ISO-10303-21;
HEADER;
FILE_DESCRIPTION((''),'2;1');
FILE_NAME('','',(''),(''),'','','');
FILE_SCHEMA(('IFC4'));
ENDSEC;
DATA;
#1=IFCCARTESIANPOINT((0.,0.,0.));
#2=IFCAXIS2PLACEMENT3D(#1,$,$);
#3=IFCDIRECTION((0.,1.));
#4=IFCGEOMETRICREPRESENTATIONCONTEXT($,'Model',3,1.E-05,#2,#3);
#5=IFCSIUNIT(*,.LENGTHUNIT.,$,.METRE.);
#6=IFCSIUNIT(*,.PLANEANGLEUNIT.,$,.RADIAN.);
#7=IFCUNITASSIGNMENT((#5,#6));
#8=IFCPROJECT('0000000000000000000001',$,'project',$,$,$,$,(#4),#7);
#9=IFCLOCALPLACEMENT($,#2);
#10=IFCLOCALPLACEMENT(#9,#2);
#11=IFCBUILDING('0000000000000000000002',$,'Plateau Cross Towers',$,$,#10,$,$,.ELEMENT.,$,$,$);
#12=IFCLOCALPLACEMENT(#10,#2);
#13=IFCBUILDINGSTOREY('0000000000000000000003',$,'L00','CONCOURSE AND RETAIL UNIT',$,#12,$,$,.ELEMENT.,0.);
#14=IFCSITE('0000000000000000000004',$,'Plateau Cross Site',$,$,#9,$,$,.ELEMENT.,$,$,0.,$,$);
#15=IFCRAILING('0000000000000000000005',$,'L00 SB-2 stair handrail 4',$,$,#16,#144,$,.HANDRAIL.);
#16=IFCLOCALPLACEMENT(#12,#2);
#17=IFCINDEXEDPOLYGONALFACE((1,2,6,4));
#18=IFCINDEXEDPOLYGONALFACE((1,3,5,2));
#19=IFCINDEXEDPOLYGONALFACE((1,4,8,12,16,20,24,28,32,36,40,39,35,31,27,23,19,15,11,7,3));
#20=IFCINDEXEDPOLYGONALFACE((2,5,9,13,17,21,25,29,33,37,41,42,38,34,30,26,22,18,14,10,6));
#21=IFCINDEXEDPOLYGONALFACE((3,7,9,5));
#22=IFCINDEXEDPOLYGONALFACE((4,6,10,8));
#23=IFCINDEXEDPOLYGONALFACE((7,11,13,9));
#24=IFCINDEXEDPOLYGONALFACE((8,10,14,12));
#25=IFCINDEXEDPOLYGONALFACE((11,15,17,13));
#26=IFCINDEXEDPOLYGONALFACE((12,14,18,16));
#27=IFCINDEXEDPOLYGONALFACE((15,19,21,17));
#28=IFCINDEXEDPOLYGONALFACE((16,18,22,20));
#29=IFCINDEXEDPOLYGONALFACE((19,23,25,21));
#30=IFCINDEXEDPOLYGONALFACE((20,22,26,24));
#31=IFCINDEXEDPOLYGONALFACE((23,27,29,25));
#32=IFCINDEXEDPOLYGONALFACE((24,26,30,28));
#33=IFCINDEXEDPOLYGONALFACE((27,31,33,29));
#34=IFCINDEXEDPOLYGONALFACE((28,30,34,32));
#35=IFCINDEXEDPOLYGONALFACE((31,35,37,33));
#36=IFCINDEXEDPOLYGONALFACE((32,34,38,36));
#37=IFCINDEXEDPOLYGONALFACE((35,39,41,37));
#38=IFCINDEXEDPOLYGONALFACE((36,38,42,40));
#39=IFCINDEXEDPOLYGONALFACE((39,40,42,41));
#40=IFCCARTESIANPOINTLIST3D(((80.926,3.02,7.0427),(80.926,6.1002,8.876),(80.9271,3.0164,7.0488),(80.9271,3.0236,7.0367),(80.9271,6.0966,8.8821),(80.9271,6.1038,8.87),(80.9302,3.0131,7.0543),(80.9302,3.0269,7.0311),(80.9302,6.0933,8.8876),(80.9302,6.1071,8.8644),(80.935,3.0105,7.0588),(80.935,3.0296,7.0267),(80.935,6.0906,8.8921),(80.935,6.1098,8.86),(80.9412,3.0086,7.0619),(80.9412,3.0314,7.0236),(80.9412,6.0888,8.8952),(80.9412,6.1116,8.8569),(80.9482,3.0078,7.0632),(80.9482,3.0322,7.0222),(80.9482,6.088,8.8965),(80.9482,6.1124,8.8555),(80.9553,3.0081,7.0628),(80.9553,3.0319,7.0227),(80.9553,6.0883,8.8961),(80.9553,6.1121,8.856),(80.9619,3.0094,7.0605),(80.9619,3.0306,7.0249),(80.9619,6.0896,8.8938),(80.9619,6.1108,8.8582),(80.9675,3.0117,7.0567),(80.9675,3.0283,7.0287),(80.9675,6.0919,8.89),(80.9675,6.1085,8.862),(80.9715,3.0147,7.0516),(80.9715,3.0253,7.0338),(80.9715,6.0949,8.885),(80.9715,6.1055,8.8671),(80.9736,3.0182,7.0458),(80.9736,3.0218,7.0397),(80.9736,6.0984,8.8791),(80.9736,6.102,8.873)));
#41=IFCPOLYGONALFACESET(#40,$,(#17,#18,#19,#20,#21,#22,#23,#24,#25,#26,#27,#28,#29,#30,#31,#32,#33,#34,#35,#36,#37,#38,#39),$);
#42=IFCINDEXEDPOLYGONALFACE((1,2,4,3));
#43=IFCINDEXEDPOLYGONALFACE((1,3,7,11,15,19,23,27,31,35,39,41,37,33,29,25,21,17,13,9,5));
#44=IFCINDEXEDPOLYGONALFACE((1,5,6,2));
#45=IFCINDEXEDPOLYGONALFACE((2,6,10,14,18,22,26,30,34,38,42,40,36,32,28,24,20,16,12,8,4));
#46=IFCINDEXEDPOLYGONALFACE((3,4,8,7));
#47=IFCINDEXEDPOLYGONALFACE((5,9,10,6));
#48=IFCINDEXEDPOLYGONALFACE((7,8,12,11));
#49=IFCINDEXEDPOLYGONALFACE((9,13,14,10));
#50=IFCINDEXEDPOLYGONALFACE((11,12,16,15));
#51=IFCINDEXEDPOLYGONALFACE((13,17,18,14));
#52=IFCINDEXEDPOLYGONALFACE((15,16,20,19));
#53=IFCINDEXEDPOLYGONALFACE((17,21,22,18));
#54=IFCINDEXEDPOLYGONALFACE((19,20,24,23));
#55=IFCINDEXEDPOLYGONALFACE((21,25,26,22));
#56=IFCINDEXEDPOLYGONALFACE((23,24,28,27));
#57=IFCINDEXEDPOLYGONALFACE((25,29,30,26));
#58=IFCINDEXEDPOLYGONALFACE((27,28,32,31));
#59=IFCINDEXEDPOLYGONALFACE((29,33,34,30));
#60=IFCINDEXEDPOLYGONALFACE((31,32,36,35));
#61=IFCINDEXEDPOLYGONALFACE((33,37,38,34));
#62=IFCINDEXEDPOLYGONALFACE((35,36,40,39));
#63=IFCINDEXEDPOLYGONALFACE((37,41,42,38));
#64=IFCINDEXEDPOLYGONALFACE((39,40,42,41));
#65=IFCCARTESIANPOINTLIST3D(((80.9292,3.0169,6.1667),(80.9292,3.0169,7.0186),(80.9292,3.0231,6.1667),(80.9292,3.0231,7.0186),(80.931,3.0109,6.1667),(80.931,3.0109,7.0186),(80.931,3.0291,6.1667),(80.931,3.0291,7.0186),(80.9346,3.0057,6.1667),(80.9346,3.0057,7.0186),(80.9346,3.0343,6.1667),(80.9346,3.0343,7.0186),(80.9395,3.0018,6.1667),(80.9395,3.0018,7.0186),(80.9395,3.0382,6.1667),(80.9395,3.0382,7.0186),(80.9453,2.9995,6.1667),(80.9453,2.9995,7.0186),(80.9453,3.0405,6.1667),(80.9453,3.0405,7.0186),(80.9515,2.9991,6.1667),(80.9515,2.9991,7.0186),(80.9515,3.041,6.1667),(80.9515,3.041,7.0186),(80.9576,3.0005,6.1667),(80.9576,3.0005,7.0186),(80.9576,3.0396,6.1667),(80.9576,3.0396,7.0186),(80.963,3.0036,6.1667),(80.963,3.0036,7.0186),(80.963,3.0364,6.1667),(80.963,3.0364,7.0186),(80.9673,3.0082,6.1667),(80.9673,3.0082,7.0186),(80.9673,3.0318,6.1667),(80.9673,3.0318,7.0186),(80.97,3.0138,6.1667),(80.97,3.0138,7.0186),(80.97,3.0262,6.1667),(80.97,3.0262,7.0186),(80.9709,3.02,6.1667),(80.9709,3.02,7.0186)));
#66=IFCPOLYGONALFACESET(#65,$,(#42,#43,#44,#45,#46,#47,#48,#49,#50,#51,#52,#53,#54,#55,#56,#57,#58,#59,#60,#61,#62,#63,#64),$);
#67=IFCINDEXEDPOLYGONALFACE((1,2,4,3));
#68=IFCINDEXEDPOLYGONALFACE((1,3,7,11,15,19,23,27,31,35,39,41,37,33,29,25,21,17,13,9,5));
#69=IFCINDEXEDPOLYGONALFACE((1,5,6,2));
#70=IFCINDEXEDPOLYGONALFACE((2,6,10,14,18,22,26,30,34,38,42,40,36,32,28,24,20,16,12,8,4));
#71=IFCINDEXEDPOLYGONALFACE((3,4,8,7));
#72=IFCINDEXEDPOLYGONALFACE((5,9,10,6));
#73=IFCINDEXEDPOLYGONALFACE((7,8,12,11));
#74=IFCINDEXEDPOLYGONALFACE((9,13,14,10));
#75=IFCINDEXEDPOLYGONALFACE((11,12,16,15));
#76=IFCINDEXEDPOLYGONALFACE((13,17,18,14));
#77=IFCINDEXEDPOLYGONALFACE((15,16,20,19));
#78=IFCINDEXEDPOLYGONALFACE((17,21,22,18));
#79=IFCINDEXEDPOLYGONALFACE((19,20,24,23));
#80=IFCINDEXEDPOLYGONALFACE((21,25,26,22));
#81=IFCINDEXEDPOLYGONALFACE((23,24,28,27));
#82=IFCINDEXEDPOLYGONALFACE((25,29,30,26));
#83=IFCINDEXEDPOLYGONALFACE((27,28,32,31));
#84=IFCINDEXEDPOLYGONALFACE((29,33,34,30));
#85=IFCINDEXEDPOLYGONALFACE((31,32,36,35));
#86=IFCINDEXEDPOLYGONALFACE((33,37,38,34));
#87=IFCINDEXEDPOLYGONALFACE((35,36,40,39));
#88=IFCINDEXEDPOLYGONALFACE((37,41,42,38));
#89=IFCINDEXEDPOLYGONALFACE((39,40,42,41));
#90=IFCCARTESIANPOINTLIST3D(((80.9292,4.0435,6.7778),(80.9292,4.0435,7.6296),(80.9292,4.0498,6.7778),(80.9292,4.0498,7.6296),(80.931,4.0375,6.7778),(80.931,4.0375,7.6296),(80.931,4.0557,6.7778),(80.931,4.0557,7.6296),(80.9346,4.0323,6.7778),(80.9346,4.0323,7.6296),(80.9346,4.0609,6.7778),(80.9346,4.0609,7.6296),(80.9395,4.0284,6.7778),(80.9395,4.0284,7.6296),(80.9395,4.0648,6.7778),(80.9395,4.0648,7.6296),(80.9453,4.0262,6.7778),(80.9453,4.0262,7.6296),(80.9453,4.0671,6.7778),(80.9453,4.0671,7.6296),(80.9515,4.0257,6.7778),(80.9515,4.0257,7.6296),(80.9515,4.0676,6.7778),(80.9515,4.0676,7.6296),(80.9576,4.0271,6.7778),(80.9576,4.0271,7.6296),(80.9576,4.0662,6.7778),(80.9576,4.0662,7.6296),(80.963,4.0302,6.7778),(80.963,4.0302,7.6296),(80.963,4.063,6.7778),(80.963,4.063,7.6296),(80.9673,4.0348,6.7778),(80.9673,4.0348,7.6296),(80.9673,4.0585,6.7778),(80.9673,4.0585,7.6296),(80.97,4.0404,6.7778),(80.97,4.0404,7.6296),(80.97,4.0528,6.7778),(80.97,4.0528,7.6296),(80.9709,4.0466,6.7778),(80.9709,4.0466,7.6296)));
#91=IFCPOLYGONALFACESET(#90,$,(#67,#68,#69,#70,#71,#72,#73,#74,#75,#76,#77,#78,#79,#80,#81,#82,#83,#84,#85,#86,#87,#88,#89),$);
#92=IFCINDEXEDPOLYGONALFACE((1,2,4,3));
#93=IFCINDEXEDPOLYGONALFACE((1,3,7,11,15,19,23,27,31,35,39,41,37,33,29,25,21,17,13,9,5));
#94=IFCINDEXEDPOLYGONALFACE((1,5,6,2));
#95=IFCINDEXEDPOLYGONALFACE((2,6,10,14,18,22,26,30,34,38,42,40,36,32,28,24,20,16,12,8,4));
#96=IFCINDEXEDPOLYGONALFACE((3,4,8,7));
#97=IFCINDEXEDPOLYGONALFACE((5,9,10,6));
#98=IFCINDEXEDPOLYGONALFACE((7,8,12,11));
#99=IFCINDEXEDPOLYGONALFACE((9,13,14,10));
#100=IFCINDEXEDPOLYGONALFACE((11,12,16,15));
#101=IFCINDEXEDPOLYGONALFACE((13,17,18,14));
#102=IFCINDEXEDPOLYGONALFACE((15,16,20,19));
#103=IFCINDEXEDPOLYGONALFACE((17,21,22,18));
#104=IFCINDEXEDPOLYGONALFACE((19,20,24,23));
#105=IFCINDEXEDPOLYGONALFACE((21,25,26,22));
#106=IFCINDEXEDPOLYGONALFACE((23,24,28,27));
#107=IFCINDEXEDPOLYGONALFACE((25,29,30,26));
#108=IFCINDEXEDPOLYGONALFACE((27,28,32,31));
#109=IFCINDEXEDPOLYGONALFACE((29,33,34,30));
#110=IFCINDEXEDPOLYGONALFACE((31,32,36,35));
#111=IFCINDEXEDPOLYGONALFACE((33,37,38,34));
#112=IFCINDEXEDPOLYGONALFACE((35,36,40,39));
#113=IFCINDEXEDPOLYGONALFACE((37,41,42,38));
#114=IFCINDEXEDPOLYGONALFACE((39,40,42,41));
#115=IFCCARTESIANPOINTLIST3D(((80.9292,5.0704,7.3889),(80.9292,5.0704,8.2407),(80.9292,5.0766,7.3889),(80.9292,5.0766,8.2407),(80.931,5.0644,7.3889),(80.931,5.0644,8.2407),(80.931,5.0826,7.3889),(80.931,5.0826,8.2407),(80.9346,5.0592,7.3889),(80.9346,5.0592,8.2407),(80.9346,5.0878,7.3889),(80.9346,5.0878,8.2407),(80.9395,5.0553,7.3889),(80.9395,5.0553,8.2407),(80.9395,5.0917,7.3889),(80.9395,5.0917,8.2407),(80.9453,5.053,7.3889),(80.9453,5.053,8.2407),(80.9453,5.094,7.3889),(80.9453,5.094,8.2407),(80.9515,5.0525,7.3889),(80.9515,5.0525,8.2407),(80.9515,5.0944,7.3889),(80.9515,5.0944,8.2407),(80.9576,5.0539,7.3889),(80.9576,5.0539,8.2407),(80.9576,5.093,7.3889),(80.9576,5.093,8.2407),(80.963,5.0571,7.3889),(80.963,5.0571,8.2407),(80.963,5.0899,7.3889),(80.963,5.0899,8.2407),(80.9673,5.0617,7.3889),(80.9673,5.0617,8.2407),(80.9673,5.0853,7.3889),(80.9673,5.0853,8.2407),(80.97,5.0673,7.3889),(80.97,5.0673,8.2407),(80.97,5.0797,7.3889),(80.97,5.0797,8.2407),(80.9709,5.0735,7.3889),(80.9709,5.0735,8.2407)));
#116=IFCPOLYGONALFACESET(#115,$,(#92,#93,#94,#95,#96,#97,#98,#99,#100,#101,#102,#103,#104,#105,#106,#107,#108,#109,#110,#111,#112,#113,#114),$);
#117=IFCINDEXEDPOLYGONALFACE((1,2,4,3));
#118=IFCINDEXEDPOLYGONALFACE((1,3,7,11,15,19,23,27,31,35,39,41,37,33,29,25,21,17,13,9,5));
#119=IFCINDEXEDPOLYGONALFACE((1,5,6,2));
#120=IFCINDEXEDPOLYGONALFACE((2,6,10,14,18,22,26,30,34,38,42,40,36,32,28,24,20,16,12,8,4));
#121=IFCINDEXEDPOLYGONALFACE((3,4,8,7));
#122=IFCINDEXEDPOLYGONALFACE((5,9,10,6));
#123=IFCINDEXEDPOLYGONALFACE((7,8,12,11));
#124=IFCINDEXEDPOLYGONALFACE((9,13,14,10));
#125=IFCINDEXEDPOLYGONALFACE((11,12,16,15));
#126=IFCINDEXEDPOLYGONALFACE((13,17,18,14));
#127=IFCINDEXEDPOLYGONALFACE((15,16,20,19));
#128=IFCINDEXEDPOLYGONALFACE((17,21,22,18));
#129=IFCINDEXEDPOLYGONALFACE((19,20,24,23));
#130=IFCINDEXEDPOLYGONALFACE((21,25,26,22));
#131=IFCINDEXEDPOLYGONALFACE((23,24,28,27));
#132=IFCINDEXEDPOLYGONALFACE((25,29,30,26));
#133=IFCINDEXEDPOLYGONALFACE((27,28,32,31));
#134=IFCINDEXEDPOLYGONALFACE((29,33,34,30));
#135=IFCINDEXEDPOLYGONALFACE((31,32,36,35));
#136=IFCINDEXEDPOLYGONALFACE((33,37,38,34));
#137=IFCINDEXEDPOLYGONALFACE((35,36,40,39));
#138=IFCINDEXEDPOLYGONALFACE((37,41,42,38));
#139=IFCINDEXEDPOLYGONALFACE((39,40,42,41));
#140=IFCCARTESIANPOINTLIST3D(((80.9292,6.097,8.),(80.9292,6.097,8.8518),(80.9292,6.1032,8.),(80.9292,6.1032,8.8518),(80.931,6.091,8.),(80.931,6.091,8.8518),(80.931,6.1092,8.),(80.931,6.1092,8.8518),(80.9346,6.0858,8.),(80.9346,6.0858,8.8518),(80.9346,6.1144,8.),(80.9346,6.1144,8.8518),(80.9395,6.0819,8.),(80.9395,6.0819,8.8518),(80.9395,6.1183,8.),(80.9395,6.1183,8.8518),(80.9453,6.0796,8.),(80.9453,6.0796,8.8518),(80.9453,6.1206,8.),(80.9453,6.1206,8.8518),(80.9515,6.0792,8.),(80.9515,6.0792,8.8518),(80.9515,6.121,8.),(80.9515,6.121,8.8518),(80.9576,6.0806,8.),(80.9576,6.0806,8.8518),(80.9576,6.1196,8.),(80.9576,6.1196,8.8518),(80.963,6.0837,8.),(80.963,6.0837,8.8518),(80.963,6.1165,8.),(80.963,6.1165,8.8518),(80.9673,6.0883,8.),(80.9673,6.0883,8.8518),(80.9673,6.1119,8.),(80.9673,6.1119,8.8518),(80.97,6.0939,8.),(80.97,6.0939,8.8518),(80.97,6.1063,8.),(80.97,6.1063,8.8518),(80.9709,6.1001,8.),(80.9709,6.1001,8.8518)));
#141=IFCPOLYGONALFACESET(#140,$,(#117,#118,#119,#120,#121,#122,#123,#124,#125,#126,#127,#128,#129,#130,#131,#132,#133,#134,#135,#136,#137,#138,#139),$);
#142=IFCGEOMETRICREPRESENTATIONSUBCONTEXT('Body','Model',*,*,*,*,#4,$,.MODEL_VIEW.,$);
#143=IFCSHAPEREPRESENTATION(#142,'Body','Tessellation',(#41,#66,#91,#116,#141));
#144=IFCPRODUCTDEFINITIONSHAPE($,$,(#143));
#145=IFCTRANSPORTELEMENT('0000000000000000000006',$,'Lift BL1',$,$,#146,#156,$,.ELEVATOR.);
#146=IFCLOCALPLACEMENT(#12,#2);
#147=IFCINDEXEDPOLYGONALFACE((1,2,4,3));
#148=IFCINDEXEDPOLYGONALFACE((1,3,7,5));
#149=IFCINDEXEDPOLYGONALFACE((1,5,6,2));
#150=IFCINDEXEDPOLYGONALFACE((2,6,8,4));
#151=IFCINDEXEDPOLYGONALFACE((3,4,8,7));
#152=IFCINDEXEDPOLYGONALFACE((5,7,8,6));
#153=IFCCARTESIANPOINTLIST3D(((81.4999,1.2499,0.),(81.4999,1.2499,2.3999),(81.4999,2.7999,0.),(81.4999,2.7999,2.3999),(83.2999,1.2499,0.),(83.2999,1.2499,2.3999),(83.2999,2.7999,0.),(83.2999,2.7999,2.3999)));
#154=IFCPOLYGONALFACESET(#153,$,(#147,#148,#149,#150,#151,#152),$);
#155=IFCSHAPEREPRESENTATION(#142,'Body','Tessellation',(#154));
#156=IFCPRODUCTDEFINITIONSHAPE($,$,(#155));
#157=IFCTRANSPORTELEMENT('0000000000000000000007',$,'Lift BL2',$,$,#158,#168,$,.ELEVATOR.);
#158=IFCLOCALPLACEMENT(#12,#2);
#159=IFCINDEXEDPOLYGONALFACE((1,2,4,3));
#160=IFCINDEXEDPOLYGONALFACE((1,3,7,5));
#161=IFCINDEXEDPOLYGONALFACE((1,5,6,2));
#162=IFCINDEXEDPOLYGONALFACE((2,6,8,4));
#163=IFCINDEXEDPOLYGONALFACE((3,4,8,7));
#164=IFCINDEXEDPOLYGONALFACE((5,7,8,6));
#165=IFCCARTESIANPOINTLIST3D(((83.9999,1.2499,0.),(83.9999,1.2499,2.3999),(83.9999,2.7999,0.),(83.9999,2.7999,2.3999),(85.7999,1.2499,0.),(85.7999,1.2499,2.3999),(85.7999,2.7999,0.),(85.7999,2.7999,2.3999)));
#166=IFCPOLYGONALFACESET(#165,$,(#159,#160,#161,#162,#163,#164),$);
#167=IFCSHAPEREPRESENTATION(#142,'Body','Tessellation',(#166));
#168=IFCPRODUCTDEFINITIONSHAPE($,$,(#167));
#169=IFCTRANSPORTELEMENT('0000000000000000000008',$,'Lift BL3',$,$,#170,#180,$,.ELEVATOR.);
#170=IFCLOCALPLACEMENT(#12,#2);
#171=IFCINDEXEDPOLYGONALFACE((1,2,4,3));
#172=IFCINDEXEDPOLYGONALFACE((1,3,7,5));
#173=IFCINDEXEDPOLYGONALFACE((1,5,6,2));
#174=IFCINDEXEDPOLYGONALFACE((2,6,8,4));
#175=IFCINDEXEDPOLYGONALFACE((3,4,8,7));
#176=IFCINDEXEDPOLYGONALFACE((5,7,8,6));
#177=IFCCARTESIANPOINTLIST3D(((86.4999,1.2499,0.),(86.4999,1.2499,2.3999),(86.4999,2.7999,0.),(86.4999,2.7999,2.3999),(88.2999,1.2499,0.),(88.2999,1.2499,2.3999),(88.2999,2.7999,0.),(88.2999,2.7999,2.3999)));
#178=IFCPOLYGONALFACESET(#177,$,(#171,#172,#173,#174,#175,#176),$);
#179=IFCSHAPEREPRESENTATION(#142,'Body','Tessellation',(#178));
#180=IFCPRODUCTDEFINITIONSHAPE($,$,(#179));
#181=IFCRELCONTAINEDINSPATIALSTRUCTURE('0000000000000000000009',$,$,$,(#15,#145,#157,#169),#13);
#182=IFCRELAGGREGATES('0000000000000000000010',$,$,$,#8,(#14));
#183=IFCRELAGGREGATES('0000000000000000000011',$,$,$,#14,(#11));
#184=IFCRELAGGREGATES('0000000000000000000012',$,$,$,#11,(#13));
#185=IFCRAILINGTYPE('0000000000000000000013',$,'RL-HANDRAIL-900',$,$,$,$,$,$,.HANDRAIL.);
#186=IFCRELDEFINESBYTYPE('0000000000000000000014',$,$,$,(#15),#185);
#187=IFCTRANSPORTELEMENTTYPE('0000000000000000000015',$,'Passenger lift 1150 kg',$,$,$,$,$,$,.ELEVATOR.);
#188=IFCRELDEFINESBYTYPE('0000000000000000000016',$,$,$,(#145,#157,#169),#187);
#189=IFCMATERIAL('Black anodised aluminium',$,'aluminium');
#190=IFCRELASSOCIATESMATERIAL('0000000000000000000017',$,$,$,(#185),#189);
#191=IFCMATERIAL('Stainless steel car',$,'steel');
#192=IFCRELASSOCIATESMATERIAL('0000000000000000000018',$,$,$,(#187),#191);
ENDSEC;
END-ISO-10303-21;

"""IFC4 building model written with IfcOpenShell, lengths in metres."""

from ifc_helpers import new_model, si_unit, direction, frame, origin, origin_2d, place, context, subcontext, project, spatial, rectangle, circle, extrude, material, type_object, element, save


model = new_model("IFC4")

# Units and contexts
model_context = context("Model", 3, precision=1e-05, world=origin(), true_north=direction((0.0, 1.0)))
body_context = subcontext(model_context, "Body", "Model", "MODEL_VIEW")
ifc_project = project(units=[si_unit("LENGTHUNIT", "METRE"), si_unit("PLANEANGLEUNIT", "RADIAN")], contexts=[model_context])

# Site, building, storey
site_placement = place(None, origin())
site = spatial("IfcSite", under=ifc_project, at=site_placement, Name="Plateau Cross Site", CompositionType="ELEMENT", RefElevation=0.0)
building_placement = place(site_placement, origin())
building = spatial("IfcBuilding", under=site, at=building_placement, Name="Plateau Cross Towers", CompositionType="ELEMENT")
storey_placement = place(building_placement, origin())
storey = spatial("IfcBuildingStorey", under=building, at=storey_placement, Name="L00", Description="CONCOURSE AND RETAIL UNIT", CompositionType="ELEMENT", Elevation=0.0)

# Railing
ifc_material_1 = material(Name="Black anodised aluminium", Category="aluminium")
railing_type_1 = type_object("IfcRailingType", Name="RL-HANDRAIL-900", PredefinedType="HANDRAIL", material=ifc_material_1)
for number, where, name in (
    (1, (80.95, 3.02, 6.1667), "L00 SB-2 stair handrail 4"),
):
    element("IfcRailing", number, at=place(storey_placement, frame(where)), inside=storey, type_object=railing_type_1, Name=name, PredefinedType="HANDRAIL", context=body_context, shape_type="SweptSolid", body=[
        extrude(circle(Radius=0.0239, at=origin_2d()), frame((0.0, 0.0, 0.876), z_axis=(0.0, 0.859309, 0.511458), x_axis=(-1.0, 0.0, 0.0)), (0.0, 0.0, 1.0), 3.5845),
        extrude(circle(Radius=0.021, at=origin_2d()), origin(), (0.0, 0.0, 1.0), 0.8518),
        extrude(circle(Radius=0.021, at=origin_2d()), frame((0.0, 1.0266, 0.6111)), (0.0, 0.0, 1.0), 0.8518),
        extrude(circle(Radius=0.021, at=origin_2d()), frame((0.0, 2.0535, 1.2222)), (0.0, 0.0, 1.0), 0.8518),
        extrude(circle(Radius=0.021, at=origin_2d()), frame((0.0, 3.0801, 1.8333)), (0.0, 0.0, 1.0), 0.8518),
    ])

# Transport elements
ifc_material_2 = material(Name="Stainless steel car", Category="steel")
transport_element_type = type_object("IfcTransportElementType", Name="Passenger lift 1150 kg", PredefinedType="ELEVATOR", material=ifc_material_2)
for number, where, z_axis, x_axis, name in (
    (2, (82.3999, 2.0249, 0.0), (0.0, 0.0, 1.0), (1.0, 0.0, 0.0), "Lift BL1"),
    (3, (84.8999, 2.0249, 0.0), (0.0, 0.0, 1.0), (1.0, 0.0, 0.0), "Lift BL2"),
    (4, (87.3999, 2.0249, 0.0), (0.0, 0.0, 1.0), (1.0, 0.0, 0.0), "Lift BL3"),
):
    element("IfcTransportElement", number, at=place(storey_placement, frame(where, z_axis=z_axis, x_axis=x_axis)), inside=storey, type_object=transport_element_type, Name=name, PredefinedType="ELEVATOR", context=body_context, shape_type="SweptSolid", body=[
        extrude(rectangle(XDim=1.8, YDim=1.55, at=origin_2d()), origin(), (0.0, 0.0, 1.0), 2.3999),
    ])

save(model, "model.ifc")
